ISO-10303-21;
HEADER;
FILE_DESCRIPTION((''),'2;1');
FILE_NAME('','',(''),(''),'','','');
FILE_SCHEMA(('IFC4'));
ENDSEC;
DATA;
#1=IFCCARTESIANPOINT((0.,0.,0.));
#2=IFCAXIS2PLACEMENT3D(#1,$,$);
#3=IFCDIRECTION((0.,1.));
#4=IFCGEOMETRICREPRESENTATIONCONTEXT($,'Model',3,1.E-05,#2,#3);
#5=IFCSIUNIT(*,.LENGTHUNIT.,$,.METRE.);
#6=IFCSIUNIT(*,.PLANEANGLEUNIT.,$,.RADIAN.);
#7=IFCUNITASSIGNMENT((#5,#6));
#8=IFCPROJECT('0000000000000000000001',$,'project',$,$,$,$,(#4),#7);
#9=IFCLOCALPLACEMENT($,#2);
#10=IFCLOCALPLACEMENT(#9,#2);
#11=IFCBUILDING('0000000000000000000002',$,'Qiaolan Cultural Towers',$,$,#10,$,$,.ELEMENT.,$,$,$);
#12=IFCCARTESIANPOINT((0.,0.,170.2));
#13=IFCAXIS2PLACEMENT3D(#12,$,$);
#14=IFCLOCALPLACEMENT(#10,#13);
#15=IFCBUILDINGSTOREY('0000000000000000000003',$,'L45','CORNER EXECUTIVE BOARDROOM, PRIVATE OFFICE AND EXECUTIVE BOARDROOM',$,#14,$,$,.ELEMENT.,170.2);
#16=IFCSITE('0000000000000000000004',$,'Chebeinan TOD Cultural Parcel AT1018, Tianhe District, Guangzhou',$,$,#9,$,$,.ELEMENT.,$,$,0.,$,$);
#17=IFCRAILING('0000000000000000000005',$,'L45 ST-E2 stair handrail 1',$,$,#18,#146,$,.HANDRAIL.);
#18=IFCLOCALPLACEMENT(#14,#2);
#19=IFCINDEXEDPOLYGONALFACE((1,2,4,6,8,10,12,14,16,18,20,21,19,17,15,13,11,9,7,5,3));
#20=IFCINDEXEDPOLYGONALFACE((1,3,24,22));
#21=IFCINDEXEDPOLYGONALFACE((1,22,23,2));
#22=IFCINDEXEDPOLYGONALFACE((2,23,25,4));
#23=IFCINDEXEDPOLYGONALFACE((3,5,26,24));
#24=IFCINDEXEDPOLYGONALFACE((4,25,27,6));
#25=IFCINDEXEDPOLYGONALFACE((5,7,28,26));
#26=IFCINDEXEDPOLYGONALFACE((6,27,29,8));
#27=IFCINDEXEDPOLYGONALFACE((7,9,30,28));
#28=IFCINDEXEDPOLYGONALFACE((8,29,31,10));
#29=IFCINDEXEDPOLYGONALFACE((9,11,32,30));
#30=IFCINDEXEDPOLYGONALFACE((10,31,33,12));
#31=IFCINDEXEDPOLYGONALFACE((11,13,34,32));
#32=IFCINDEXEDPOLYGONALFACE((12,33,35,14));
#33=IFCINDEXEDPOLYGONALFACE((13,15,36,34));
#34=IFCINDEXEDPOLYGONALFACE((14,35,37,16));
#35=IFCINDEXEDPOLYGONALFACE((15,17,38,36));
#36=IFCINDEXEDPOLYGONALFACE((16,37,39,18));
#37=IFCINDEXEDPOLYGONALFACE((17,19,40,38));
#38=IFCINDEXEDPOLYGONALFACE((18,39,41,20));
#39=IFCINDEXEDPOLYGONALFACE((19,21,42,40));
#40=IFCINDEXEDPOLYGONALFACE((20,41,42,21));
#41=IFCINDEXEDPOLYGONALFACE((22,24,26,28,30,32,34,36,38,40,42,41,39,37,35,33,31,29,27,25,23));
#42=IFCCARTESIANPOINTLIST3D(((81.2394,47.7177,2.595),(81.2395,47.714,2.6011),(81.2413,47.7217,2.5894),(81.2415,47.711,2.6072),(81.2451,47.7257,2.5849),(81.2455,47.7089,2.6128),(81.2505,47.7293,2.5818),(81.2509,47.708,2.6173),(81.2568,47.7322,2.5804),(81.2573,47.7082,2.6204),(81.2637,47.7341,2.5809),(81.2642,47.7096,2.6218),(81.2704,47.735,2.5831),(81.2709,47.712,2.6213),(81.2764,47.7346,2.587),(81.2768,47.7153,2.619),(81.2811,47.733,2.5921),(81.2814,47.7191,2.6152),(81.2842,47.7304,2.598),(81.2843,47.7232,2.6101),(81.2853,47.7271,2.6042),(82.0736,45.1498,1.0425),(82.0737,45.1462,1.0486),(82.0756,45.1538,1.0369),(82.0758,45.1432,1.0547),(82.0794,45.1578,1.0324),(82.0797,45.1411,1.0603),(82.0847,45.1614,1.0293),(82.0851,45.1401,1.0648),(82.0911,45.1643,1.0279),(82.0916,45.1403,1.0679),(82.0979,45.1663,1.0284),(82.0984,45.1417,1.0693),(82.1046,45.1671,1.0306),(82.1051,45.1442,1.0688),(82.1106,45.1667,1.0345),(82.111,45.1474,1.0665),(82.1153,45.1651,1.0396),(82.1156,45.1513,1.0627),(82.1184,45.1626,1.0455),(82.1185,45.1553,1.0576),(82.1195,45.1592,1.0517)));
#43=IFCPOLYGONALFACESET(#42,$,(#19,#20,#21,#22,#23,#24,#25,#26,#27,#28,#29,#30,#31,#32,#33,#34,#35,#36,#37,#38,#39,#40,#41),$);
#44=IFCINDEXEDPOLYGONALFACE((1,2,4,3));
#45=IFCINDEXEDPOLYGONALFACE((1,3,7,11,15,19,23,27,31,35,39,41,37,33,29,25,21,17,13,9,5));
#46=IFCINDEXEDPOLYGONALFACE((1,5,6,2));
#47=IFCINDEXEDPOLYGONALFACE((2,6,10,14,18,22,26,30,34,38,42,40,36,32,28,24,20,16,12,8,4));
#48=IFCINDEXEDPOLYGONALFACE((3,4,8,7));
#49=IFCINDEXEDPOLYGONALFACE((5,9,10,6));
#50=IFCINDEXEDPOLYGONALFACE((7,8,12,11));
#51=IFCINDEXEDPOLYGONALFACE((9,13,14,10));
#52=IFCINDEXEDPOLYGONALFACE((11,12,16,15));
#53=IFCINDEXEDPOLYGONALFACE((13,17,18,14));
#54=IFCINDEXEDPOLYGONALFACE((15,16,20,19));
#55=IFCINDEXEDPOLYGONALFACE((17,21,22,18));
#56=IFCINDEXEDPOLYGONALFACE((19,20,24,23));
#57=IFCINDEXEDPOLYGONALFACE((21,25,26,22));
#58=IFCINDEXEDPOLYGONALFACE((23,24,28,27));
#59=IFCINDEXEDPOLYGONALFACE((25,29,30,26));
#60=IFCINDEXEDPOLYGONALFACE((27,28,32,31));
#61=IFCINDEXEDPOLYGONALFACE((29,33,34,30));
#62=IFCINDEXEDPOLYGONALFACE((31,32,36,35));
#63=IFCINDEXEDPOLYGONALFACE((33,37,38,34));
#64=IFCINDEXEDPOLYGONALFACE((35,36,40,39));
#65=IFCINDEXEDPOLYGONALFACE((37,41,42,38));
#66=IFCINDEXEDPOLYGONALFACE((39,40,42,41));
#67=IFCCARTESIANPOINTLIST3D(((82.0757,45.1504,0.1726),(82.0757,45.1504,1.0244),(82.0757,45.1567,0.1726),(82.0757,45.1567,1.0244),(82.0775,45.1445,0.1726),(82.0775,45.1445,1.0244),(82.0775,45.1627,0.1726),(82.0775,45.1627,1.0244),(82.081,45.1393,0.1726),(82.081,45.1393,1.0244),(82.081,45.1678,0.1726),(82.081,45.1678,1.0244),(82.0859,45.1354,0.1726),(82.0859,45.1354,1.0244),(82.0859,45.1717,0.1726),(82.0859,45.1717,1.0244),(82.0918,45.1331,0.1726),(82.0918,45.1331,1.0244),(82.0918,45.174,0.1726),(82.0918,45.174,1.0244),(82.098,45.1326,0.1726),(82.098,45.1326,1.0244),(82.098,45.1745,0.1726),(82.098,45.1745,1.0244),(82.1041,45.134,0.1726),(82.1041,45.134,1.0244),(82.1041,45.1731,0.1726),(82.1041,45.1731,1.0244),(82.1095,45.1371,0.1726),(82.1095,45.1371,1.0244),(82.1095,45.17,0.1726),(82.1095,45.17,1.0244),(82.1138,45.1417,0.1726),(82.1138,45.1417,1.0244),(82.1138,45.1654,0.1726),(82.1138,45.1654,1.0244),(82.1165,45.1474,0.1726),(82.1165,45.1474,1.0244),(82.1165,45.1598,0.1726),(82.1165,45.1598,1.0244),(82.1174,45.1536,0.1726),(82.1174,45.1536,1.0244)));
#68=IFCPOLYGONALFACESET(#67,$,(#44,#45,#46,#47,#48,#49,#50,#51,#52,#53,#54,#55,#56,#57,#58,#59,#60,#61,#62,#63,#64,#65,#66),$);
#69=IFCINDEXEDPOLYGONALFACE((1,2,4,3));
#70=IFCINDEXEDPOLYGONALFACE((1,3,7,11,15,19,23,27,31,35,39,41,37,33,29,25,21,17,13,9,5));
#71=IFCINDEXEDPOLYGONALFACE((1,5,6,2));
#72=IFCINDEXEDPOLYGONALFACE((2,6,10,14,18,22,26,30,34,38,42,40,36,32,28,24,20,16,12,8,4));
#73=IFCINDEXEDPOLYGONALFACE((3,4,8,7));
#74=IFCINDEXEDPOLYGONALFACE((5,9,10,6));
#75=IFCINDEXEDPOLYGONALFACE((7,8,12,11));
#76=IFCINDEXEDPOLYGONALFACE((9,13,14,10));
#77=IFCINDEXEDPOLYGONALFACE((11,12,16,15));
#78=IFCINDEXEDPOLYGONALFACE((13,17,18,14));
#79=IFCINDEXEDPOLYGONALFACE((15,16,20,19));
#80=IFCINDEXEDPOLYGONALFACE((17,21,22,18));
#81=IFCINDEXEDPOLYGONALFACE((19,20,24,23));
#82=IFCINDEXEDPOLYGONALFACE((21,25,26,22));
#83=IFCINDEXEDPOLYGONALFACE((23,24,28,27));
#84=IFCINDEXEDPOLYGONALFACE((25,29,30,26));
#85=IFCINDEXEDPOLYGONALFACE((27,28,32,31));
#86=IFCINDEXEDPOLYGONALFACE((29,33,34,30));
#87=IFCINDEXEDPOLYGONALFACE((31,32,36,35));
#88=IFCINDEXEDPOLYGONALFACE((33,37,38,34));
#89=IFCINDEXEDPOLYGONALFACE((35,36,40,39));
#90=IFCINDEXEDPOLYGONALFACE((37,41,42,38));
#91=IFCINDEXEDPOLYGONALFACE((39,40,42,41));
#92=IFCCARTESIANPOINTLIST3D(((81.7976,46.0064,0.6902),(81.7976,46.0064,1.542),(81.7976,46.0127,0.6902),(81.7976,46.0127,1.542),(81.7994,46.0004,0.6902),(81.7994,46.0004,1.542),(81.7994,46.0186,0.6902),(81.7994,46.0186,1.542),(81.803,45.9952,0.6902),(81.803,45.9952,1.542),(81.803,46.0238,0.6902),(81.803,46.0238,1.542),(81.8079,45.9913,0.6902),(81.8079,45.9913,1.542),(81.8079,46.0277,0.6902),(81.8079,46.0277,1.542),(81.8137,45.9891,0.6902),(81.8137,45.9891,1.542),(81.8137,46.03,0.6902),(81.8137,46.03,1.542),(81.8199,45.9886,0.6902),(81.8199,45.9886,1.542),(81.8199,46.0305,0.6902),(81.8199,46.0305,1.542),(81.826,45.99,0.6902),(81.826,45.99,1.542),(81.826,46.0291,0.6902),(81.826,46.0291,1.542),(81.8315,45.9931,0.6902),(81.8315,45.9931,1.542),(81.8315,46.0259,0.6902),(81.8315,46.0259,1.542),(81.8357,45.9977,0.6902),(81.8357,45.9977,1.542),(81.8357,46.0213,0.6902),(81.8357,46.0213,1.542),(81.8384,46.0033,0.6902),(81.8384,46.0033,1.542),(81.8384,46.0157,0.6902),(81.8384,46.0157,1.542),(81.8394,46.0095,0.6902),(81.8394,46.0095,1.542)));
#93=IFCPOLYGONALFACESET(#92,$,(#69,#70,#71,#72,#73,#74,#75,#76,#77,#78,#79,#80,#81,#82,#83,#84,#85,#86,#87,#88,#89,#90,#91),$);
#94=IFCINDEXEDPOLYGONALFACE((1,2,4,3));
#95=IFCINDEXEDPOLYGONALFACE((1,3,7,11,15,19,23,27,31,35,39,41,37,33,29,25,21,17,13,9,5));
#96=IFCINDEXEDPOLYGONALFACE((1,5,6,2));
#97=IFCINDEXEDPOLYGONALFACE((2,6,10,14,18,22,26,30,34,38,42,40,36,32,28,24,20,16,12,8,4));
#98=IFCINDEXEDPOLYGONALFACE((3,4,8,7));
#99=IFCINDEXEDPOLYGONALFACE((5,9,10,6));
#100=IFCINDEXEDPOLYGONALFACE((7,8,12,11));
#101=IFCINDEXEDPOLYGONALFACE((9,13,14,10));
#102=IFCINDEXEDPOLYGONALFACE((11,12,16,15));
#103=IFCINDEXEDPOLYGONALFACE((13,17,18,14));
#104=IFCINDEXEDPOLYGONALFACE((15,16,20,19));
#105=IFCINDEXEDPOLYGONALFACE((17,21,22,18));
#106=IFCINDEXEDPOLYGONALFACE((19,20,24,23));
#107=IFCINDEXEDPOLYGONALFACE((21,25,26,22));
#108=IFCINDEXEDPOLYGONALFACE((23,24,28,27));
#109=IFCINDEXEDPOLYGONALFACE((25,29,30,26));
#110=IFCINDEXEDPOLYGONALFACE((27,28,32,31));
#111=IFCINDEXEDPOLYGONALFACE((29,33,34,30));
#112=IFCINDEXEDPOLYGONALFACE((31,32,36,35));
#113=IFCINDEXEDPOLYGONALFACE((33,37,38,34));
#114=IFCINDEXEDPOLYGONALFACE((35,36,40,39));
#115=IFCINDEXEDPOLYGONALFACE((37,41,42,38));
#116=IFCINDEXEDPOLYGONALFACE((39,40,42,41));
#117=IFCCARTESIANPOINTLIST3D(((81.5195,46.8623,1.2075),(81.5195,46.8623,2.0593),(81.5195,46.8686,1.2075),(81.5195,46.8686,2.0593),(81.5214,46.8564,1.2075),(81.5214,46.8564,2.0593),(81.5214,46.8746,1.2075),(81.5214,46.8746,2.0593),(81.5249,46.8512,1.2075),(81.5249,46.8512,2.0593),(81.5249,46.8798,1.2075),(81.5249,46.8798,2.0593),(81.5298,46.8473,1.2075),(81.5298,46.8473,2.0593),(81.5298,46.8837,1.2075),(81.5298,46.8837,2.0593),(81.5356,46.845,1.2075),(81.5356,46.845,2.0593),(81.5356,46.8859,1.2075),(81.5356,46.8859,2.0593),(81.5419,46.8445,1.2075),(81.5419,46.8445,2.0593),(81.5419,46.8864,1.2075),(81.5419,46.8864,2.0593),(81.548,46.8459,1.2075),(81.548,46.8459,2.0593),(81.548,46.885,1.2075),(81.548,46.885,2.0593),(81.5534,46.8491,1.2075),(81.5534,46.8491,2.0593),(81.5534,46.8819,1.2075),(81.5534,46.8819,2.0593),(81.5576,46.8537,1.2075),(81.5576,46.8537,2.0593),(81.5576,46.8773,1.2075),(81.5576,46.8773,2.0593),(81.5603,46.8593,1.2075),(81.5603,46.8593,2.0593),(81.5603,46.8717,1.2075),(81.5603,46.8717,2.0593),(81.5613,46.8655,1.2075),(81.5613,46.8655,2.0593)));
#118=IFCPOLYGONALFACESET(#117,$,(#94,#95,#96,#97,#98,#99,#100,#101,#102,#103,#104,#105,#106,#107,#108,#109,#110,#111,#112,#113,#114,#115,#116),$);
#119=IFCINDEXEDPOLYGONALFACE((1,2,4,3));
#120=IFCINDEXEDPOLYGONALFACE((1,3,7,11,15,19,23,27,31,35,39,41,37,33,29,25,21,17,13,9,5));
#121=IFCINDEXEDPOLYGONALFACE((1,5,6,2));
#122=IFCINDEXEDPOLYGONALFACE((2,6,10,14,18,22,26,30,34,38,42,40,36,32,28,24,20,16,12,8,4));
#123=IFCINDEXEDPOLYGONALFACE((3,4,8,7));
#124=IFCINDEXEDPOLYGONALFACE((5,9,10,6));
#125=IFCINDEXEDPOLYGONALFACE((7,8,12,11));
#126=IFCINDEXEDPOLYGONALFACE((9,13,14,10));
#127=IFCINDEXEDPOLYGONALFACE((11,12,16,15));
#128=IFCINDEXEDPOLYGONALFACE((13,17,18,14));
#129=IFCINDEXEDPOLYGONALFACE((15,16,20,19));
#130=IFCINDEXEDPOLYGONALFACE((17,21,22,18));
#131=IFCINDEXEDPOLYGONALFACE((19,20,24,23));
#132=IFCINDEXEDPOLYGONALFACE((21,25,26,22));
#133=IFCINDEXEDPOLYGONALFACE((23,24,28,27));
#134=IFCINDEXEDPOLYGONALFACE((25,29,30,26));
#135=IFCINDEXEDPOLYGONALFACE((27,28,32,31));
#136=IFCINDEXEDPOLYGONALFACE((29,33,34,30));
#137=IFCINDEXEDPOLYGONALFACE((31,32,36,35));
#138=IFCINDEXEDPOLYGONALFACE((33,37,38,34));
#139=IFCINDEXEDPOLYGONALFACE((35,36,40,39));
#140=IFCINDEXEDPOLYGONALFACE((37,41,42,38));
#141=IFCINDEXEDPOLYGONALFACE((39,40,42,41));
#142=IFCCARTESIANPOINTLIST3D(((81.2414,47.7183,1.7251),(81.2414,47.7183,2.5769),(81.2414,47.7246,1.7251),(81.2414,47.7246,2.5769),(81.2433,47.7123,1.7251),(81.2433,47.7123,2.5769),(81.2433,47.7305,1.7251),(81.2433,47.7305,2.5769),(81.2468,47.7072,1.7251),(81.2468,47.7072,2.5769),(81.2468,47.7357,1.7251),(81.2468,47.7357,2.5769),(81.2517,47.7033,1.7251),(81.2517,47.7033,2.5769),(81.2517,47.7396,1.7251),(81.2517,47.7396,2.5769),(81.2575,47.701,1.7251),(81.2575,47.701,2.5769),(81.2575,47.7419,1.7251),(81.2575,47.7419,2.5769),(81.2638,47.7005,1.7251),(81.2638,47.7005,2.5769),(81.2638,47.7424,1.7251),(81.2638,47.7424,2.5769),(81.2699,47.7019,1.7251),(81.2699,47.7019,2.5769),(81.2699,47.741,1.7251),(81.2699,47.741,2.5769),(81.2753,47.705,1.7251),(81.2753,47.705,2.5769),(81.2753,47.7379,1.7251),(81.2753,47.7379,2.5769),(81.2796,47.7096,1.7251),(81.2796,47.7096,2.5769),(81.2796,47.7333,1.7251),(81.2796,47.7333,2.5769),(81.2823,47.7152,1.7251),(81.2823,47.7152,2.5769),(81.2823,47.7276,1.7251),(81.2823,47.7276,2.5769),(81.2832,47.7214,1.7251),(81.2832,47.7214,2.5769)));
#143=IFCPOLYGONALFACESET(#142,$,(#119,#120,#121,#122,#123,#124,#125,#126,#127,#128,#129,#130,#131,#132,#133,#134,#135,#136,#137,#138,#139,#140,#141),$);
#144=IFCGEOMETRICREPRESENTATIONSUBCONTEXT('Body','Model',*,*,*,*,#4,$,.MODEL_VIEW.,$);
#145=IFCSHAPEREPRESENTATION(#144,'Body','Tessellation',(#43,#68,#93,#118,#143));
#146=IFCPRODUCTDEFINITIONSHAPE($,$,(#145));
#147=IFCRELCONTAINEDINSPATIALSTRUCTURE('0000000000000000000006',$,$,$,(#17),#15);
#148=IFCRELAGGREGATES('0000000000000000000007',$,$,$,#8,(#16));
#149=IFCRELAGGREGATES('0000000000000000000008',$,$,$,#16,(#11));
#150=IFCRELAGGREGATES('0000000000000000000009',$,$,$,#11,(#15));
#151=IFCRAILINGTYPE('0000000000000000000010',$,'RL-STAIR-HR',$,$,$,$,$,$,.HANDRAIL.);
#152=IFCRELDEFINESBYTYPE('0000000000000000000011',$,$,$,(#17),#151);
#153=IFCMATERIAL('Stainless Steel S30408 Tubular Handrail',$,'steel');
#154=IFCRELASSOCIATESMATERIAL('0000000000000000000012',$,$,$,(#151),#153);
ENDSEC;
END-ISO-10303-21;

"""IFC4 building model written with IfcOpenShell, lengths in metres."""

from ifc_helpers import new_model, si_unit, direction, frame, origin, origin_2d, place, context, subcontext, project, spatial, circle, extrude, material, type_object, element, save


model = new_model("IFC4")

# Units and contexts
model_context = context("Model", 3, precision=1e-05, world=origin(), true_north=direction((0.0, 1.0)))
body_context = subcontext(model_context, "Body", "Model", "MODEL_VIEW")
ifc_project = project(units=[si_unit("LENGTHUNIT", "METRE"), si_unit("PLANEANGLEUNIT", "RADIAN")], contexts=[model_context])

# Site, building, storey
site_placement = place(None, origin())
site = spatial("IfcSite", under=ifc_project, at=site_placement, Name="Chebeinan TOD Cultural Parcel AT1018, Tianhe District, Guangzhou", CompositionType="ELEMENT", RefElevation=0.0)
building_placement = place(site_placement, origin())
building = spatial("IfcBuilding", under=site, at=building_placement, Name="Qiaolan Cultural Towers", CompositionType="ELEMENT")
storey_placement = place(building_placement, frame((0.0, 0.0, 170.2)))
storey = spatial("IfcBuildingStorey", under=building, at=storey_placement, Name="L45", Description="CORNER EXECUTIVE BOARDROOM, PRIVATE OFFICE AND EXECUTIVE BOARDROOM", CompositionType="ELEMENT", Elevation=170.2)

# Railing
ifc_material_1 = material(Name="Stainless Steel S30408 Tubular Handrail", Category="steel")
railing_type_1 = type_object("IfcRailingType", Name="RL-STAIR-HR", PredefinedType="HANDRAIL", material=ifc_material_1)
railing_1_placement = place(storey_placement, frame((82.0964, 45.1536, 0.1726)))
element("IfcRailing", 1, at=railing_1_placement, inside=storey, type_object=railing_type_1, Name="L45 ST-E2 stair handrail 1", PredefinedType="HANDRAIL", context=body_context, shape_type="SweptSolid", body=[
    extrude(circle(Radius=0.0239, at=origin_2d()), frame((0.0, 0.0, 0.876), z_axis=(-0.267853, 0.824488, 0.498471), x_axis=(-0.95107, -0.308976, 0.0)), (0.0, 0.0, 1.0), 3.1145),
    extrude(circle(Radius=0.021, at=origin_2d()), origin(), (0.0, 0.0, 1.0), 0.8518),
    extrude(circle(Radius=0.021, at=origin_2d()), frame((-0.2781, 0.856, 0.5176)), (0.0, 0.0, 1.0), 0.8518),
    extrude(circle(Radius=0.021, at=origin_2d()), frame((-0.5562, 1.7119, 1.0349)), (0.0, 0.0, 1.0), 0.8518),
    extrude(circle(Radius=0.021, at=origin_2d()), frame((-0.8342, 2.5679, 1.5525)), (0.0, 0.0, 1.0), 0.8518),
])

save(model, "model.ifc")
